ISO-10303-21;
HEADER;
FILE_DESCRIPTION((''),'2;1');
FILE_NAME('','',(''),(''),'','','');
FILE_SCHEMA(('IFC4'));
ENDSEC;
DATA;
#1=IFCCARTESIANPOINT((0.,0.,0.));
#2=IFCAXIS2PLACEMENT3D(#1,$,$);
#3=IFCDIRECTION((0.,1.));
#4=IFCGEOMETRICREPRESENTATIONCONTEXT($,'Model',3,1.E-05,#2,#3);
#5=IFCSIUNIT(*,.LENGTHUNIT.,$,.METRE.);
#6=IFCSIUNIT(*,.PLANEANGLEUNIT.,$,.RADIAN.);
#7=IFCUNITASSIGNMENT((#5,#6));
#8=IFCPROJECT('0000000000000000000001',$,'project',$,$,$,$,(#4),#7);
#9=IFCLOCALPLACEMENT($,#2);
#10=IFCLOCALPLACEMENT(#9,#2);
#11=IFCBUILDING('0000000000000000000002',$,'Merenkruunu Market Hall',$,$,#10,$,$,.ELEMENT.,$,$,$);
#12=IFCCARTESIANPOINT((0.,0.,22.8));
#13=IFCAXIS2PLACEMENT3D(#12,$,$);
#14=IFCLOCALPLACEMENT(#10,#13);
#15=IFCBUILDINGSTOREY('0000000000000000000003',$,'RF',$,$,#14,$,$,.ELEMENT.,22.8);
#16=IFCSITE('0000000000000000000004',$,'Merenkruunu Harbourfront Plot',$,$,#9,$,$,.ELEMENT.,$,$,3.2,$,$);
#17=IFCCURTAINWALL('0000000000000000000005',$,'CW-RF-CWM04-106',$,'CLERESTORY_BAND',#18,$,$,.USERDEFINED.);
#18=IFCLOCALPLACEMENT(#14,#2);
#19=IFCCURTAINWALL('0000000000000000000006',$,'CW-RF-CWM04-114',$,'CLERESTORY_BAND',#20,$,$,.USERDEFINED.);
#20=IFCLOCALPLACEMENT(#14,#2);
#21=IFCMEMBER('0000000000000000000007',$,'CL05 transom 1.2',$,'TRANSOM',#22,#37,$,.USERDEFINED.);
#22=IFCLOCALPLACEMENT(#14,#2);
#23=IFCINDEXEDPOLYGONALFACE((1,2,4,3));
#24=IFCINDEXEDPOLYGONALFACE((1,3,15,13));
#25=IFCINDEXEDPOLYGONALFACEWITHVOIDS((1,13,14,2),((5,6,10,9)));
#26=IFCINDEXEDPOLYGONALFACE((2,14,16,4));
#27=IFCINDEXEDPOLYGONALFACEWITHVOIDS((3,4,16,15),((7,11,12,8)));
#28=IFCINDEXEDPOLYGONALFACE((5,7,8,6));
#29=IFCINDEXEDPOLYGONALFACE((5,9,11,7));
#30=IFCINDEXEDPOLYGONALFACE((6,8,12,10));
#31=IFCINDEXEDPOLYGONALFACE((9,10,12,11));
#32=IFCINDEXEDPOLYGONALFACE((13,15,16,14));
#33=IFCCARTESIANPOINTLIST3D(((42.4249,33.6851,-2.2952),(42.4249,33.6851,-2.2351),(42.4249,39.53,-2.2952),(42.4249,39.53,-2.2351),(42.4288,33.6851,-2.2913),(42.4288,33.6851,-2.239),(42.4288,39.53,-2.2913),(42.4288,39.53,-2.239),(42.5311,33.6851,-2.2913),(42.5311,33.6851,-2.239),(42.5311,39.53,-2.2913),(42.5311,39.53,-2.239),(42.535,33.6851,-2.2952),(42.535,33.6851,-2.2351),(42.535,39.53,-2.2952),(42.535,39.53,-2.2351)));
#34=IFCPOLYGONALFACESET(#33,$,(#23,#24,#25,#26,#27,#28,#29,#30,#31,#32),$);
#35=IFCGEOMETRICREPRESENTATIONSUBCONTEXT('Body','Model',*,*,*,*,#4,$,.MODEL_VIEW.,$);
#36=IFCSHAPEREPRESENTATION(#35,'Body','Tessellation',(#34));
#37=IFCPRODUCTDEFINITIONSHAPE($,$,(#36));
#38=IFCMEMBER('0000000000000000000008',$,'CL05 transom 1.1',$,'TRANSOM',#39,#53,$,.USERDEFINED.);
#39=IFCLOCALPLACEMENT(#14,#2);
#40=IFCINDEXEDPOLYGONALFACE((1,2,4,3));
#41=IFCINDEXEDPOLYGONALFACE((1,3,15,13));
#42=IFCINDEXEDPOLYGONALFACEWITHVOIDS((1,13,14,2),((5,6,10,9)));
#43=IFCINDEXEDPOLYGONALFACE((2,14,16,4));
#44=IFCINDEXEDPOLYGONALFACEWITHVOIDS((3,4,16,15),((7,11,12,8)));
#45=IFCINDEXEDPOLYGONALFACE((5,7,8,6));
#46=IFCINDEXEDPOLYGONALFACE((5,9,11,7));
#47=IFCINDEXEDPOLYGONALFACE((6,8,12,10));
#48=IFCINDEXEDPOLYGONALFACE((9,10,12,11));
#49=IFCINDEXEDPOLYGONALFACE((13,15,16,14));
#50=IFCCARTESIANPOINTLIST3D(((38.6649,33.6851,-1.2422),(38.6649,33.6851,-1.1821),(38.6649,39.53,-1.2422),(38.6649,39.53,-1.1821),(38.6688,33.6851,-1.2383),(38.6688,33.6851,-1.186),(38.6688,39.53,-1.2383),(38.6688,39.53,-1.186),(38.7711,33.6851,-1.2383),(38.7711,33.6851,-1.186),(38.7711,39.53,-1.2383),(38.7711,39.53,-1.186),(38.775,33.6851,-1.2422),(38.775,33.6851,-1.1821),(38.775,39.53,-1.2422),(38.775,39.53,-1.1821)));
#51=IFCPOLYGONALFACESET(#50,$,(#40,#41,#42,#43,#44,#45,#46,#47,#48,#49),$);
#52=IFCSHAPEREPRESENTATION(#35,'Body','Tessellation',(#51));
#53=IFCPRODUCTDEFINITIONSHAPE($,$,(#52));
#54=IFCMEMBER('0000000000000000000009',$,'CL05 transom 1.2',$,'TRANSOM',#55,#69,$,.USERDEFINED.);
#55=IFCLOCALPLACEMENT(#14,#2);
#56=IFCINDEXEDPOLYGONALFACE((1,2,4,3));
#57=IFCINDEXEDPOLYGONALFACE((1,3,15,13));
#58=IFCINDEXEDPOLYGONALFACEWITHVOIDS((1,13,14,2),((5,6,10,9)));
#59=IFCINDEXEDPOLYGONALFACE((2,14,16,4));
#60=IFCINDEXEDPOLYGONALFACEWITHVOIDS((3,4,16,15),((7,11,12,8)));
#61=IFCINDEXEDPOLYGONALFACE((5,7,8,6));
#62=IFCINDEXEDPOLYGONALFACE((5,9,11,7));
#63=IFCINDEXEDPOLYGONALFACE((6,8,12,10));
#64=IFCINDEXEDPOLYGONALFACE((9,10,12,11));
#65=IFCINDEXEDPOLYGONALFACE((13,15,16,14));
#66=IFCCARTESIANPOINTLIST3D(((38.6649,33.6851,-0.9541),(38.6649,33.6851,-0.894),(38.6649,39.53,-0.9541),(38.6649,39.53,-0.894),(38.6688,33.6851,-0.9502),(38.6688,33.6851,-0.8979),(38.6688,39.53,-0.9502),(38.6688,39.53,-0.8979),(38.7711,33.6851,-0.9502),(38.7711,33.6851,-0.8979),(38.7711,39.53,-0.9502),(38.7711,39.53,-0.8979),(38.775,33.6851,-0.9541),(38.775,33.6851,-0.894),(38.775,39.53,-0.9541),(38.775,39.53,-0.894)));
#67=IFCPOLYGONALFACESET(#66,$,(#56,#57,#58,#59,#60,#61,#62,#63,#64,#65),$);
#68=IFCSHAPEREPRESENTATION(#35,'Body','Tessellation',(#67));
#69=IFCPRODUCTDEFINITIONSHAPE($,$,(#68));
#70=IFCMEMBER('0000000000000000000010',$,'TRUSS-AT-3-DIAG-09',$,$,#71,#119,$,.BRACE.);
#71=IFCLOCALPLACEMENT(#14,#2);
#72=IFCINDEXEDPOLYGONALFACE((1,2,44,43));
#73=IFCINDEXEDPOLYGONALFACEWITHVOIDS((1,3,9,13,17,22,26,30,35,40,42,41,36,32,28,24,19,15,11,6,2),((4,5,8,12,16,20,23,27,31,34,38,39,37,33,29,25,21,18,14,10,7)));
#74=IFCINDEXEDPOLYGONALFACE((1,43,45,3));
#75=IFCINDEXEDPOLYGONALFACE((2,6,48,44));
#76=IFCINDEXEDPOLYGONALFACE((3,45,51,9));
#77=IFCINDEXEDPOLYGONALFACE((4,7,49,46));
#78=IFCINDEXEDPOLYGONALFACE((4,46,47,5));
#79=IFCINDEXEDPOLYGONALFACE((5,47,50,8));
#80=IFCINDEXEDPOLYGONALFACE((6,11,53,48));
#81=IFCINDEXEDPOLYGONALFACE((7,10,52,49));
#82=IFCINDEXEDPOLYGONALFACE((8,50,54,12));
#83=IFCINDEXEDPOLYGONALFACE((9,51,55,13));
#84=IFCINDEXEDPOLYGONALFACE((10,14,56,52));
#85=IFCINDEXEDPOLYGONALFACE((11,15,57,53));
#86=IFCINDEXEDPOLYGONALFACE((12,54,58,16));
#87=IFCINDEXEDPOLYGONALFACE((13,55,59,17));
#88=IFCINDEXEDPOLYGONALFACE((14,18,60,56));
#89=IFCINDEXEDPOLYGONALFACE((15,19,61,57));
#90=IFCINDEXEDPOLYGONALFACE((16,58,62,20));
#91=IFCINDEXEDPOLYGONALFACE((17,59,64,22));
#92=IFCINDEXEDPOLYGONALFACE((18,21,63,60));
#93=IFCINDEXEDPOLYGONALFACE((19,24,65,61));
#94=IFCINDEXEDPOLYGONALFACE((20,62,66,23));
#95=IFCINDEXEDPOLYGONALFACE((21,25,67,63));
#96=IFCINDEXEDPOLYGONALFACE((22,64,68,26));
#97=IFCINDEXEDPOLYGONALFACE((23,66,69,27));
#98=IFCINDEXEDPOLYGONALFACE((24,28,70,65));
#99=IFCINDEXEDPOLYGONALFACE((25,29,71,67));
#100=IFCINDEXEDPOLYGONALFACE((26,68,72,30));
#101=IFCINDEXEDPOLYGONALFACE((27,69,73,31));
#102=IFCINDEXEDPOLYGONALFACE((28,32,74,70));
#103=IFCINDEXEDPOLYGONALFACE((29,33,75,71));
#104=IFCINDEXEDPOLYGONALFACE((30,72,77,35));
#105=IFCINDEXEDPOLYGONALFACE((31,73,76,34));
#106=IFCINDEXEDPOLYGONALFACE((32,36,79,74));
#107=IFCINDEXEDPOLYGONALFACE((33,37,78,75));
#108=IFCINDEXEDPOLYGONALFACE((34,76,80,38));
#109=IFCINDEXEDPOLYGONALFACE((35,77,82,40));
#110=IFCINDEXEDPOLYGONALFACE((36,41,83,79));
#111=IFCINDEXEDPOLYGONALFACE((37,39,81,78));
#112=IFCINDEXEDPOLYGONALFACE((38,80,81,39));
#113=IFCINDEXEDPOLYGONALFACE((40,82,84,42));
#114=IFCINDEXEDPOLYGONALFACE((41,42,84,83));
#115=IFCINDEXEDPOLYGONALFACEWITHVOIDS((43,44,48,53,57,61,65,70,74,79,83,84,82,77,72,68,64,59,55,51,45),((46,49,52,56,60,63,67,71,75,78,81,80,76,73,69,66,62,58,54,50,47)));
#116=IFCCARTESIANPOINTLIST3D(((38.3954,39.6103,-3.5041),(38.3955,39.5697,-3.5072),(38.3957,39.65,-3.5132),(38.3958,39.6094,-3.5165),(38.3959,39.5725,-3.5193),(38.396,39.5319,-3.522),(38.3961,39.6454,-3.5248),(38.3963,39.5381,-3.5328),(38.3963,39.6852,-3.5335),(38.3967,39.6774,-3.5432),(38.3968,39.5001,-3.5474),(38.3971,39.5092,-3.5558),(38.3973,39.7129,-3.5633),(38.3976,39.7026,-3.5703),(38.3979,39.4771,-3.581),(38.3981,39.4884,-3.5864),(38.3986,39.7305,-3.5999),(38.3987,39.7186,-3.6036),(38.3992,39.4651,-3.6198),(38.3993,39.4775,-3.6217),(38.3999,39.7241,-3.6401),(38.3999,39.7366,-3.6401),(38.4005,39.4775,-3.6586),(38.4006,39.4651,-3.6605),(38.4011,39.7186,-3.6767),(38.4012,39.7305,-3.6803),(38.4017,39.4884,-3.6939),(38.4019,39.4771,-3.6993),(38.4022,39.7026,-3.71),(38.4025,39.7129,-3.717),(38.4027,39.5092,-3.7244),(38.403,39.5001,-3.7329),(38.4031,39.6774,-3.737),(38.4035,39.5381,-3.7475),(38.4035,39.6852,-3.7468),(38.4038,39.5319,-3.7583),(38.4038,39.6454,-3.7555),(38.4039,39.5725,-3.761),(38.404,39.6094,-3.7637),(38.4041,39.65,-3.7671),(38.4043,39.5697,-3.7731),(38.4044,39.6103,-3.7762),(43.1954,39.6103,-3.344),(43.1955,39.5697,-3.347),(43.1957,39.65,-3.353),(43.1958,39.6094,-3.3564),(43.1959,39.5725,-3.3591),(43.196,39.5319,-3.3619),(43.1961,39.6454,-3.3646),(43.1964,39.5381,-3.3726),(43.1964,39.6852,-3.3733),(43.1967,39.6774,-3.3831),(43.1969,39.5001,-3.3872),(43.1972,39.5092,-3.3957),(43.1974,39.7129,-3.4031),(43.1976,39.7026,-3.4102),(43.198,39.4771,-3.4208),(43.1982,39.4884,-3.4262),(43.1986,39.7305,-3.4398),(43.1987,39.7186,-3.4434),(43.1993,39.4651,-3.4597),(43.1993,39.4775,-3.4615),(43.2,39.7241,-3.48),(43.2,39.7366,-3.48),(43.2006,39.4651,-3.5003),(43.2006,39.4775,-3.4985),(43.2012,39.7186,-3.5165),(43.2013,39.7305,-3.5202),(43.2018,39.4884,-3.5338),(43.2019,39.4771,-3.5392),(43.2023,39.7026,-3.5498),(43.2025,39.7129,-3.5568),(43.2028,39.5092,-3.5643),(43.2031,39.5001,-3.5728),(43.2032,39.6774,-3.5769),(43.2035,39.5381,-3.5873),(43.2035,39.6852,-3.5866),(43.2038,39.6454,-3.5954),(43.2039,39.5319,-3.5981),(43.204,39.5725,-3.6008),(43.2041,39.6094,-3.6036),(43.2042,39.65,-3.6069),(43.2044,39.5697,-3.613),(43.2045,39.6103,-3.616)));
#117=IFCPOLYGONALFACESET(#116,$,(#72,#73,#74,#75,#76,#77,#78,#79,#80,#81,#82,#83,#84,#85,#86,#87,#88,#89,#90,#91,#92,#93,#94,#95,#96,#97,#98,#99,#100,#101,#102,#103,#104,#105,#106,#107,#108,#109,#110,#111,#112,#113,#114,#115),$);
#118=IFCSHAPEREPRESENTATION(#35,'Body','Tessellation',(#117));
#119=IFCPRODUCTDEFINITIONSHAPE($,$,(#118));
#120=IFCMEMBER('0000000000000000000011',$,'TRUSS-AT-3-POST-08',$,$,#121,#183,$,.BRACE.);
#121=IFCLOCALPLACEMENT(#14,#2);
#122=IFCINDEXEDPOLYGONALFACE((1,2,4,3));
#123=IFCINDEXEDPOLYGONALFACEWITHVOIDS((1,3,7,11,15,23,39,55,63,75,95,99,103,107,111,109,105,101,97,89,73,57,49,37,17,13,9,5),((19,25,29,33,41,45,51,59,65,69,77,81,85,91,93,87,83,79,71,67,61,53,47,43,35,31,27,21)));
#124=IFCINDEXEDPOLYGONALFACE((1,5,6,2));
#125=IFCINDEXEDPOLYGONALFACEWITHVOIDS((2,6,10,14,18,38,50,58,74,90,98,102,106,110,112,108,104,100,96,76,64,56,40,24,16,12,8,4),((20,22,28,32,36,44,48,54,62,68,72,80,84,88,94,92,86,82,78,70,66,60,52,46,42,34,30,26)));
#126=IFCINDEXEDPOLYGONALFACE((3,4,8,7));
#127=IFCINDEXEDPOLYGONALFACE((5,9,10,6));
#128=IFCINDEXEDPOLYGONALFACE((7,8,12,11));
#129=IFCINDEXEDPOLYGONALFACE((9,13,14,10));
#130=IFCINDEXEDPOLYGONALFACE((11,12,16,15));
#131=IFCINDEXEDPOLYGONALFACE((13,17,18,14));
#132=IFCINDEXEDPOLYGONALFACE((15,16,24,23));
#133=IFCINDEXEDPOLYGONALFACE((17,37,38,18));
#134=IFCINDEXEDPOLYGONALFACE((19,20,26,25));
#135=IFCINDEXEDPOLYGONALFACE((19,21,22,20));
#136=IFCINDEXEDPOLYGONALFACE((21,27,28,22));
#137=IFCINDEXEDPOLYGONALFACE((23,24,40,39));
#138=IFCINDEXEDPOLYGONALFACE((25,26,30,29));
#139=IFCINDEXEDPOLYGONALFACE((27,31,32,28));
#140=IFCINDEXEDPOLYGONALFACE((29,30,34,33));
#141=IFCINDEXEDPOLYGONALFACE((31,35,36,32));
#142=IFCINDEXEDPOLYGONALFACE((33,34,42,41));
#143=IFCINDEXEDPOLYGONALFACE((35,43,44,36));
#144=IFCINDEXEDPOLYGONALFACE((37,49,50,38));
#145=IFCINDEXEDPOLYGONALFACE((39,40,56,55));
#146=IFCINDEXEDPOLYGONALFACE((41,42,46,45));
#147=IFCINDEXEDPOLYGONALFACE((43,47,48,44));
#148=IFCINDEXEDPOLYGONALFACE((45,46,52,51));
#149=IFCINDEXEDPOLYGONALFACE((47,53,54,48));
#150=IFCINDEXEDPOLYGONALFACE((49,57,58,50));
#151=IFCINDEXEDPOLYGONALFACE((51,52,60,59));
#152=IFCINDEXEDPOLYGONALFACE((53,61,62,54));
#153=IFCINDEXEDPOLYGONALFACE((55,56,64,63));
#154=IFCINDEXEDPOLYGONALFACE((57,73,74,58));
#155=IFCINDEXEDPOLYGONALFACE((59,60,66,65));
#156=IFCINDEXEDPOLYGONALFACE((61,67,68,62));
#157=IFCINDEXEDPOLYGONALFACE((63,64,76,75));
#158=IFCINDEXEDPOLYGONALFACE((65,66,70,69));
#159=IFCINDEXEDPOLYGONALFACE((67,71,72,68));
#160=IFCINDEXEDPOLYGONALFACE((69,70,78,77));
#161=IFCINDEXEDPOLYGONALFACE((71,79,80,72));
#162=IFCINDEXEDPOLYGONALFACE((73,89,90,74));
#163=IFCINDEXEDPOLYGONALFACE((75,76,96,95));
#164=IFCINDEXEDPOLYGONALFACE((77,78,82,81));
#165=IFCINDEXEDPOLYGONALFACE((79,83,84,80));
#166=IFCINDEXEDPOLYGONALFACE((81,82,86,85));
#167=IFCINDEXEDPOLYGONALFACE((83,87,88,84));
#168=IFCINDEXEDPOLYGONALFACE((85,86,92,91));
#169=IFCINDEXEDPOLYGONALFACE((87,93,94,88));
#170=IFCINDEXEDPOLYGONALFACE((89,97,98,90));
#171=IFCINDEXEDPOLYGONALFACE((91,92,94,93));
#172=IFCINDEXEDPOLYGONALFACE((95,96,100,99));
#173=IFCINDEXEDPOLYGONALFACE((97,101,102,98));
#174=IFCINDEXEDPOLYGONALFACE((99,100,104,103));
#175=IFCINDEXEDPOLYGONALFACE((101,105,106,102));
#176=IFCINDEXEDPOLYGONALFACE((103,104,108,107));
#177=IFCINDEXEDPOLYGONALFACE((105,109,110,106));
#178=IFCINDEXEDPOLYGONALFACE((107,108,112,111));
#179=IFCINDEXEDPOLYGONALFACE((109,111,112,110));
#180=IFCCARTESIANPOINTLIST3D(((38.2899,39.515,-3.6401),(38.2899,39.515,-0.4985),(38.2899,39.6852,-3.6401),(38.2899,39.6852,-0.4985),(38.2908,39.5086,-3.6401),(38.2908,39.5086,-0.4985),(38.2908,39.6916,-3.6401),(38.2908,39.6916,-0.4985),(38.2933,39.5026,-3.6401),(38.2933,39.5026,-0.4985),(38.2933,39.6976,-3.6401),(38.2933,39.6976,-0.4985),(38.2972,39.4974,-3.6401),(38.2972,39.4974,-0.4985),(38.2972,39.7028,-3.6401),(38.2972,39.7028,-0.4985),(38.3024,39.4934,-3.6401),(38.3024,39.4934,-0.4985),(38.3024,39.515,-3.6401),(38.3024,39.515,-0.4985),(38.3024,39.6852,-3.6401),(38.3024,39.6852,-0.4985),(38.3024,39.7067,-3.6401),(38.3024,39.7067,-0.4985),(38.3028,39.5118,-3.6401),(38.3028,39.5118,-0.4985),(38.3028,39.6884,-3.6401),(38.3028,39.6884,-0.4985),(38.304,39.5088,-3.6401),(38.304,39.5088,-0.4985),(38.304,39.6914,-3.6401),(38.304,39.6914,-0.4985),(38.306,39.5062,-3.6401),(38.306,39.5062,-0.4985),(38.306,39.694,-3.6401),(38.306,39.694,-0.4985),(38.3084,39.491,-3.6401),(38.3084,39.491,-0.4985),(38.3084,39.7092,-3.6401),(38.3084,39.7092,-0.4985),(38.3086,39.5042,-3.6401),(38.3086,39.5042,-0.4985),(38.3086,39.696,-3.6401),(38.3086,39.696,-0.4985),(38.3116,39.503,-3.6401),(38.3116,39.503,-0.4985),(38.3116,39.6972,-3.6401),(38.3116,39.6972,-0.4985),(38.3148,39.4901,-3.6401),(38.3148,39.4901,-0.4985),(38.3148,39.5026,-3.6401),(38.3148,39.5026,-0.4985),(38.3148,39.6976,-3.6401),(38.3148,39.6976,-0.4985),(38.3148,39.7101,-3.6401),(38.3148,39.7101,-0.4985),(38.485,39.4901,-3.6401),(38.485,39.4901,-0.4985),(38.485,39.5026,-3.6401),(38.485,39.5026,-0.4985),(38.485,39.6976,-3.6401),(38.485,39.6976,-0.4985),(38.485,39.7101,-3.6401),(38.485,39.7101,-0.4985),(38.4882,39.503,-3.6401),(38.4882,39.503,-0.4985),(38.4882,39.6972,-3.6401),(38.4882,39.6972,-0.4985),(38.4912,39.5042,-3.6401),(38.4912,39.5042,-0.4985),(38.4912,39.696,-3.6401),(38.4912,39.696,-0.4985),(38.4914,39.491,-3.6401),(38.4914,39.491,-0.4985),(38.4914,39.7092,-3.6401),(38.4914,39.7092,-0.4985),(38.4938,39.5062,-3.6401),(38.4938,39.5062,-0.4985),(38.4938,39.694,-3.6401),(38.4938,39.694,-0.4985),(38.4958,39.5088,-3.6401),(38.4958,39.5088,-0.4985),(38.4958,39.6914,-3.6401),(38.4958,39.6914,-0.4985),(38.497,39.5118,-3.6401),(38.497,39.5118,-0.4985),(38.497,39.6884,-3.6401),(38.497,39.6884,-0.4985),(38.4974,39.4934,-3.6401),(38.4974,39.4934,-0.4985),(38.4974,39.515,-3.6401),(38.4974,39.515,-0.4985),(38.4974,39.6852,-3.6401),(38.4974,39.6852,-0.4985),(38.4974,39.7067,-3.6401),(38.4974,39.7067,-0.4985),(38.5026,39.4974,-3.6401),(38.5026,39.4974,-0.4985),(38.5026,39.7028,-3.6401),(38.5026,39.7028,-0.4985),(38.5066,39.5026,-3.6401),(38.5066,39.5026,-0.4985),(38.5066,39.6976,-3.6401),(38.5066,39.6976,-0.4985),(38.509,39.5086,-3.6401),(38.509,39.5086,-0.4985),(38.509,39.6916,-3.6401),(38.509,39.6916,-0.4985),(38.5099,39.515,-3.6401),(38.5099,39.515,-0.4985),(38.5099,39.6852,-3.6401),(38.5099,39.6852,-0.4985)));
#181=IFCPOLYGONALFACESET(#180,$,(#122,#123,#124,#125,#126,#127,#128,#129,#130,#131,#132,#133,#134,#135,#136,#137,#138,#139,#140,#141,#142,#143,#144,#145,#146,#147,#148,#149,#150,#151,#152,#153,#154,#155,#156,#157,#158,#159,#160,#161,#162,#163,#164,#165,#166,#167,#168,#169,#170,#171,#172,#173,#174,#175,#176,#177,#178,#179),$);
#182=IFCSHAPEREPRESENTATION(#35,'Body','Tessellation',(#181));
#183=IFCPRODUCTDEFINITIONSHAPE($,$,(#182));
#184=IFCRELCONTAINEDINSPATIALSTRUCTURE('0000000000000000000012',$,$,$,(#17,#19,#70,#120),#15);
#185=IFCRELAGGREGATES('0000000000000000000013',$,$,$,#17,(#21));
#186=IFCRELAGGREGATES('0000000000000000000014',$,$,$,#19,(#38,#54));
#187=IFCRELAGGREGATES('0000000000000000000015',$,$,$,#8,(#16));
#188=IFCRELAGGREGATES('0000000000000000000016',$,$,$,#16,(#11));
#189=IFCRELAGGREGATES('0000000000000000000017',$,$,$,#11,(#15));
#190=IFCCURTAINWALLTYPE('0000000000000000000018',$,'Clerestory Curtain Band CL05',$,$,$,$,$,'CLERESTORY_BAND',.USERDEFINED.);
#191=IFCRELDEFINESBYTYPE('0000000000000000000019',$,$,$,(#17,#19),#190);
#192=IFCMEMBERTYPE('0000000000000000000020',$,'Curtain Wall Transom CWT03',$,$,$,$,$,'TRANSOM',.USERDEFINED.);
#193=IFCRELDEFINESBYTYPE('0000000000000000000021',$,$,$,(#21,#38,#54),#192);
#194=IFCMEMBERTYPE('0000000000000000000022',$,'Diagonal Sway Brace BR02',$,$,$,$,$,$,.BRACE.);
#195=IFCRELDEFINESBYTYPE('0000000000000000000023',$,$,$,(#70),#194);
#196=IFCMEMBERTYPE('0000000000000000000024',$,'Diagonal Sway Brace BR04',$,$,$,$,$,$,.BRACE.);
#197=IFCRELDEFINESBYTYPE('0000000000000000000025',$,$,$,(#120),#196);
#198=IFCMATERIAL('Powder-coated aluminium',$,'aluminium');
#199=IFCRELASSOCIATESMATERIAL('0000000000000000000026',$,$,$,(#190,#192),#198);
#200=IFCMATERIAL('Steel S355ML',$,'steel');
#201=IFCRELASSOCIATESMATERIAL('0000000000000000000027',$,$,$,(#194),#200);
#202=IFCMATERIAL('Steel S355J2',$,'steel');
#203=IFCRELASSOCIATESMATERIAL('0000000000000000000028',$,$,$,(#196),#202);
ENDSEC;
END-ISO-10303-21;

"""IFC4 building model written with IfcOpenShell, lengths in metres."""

from ifc_helpers import new_model, si_unit, direction, frame, origin, origin_2d, place, context, subcontext, project, spatial, hollow_rectangle, hollow_circle, extrude, material, material_profile, profile_set, type_object, element, aggregate, save


model = new_model("IFC4")

# Units and contexts
model_context = context("Model", 3, precision=1e-05, world=origin(), true_north=direction((0.0, 1.0)))
body_context = subcontext(model_context, "Body", "Model", "MODEL_VIEW")
ifc_project = project(units=[si_unit("LENGTHUNIT", "METRE"), si_unit("PLANEANGLEUNIT", "RADIAN")], contexts=[model_context])

# Site, building, storey
site_placement = place(None, origin())
site = spatial("IfcSite", under=ifc_project, at=site_placement, Name="Merenkruunu Harbourfront Plot", CompositionType="ELEMENT", RefElevation=3.2)
building_placement = place(site_placement, origin())
building = spatial("IfcBuilding", under=site, at=building_placement, Name="Merenkruunu Market Hall", CompositionType="ELEMENT")
storey_placement = place(building_placement, frame((0.0, 0.0, 22.8)))
storey = spatial("IfcBuildingStorey", under=building, at=storey_placement, Name="RF", CompositionType="ELEMENT", Elevation=22.8)

# Shared definitions
ifc_material_1 = material(Name="Steel S355ML", Category="steel")

# Curtain wall
ifc_material_2 = material(Name="Powder-coated aluminium", Category="aluminium")
curtain_wall_type = type_object("IfcCurtainWallType", Name="Clerestory Curtain Band CL05", ElementType="CLERESTORY_BAND", PredefinedType="USERDEFINED", material=ifc_material_2)
curtain_wall_1_placement = place(storey_placement, origin())
curtain_wall_1 = element("IfcCurtainWall", 1, at=curtain_wall_1_placement, inside=storey, type_object=curtain_wall_type, Name="CW-RF-CWM04-106", ObjectType="CLERESTORY_BAND", PredefinedType="USERDEFINED")

# Curtain wall
curtain_wall_2_placement = place(storey_placement, origin())
curtain_wall_2 = element("IfcCurtainWall", 2, at=curtain_wall_2_placement, inside=storey, type_object=curtain_wall_type, Name="CW-RF-CWM04-114", ObjectType="CLERESTORY_BAND", PredefinedType="USERDEFINED")

# Members
ifc_material_profile_1 = material_profile(ifc_material_2, hollow_rectangle(XDim=0.0601, YDim=0.1101, WallThickness=0.0039, at=origin_2d()), Name="ALU 60x110x4")
ifc_profile_set_1 = profile_set([ifc_material_profile_1], Name="Powder-coated aluminium")
member_type_1 = type_object("IfcMemberType", Name="Curtain Wall Transom CWT03", ElementType="TRANSOM", PredefinedType="USERDEFINED", material=ifc_profile_set_1)
member_1_placement = place(storey_placement, frame((42.48, 39.53, -2.2651), z_axis=(0.0, -1.0, 0.0), x_axis=(0.0, 0.0, 1.0)))
member_1 = element("IfcMember", 3, at=member_1_placement, type_object=member_type_1, Name="CL05 transom 1.2", ObjectType="TRANSOM", PredefinedType="USERDEFINED", context=body_context, shape_type="SweptSolid", body=[
    extrude(hollow_rectangle(XDim=0.0601, YDim=0.1101, WallThickness=0.0039, at=origin_2d()), origin(), (0.0, 0.0, 1.0), 5.845),
])
member_2_placement = place(storey_placement, frame((38.72, 39.53, -1.2122), z_axis=(0.0, -1.0, 0.0), x_axis=(0.0, 0.0, 1.0)))
member_2 = element("IfcMember", 4, at=member_2_placement, type_object=member_type_1, Name="CL05 transom 1.1", ObjectType="TRANSOM", PredefinedType="USERDEFINED", context=body_context, shape_type="SweptSolid", body=[
    extrude(hollow_rectangle(XDim=0.0601, YDim=0.1101, WallThickness=0.0039, at=origin_2d()), origin(), (0.0, 0.0, 1.0), 5.845),
])
member_3_placement = place(storey_placement, frame((38.72, 39.53, -0.9241), z_axis=(0.0, -1.0, 0.0), x_axis=(0.0, 0.0, 1.0)))
member_3 = element("IfcMember", 5, at=member_3_placement, type_object=member_type_1, Name="CL05 transom 1.2", ObjectType="TRANSOM", PredefinedType="USERDEFINED", context=body_context, shape_type="SweptSolid", body=[
    extrude(hollow_rectangle(XDim=0.0601, YDim=0.1101, WallThickness=0.0039, at=origin_2d()), origin(), (0.0, 0.0, 1.0), 5.845),
])

# Members
ifc_material_profile_2 = material_profile(ifc_material_1, hollow_circle(Radius=0.1365, WallThickness=0.0125, at=origin_2d()), Name="CHS 273x12.5")
ifc_profile_set_2 = profile_set([ifc_material_profile_2], Name="Steel S355ML")
member_type_2 = type_object("IfcMemberType", Name="Diagonal Sway Brace BR02", PredefinedType="BRACE", material=ifc_profile_set_2)
member_4_placement = place(storey_placement, frame((38.3999, 39.6001, -3.6401), z_axis=(0.999444, 0.0, 0.033347), x_axis=(0.0, 1.0, 0.0)))
element("IfcMember", 6, at=member_4_placement, inside=storey, type_object=member_type_2, Name="TRUSS-AT-3-DIAG-09", PredefinedType="BRACE", context=body_context, shape_type="SweptSolid", body=[
    extrude(hollow_circle(Radius=0.1365, WallThickness=0.0125, at=origin_2d()), origin(), (0.0, 0.0, 1.0), 4.8027),
])
ifc_material_3 = material(Name="Steel S355J2", Category="steel")
ifc_material_profile_3 = material_profile(ifc_material_3, hollow_rectangle(XDim=0.22, YDim=0.22, WallThickness=0.0125, InnerFilletRadius=0.0125, OuterFilletRadius=0.0249, at=origin_2d()), Name="SHS 220x220x12.5")
ifc_profile_set_3 = profile_set([ifc_material_profile_3], Name="Steel S355J2")
member_type_3 = type_object("IfcMemberType", Name="Diagonal Sway Brace BR04", PredefinedType="BRACE", material=ifc_profile_set_3)
member_5_placement = place(storey_placement, frame((38.3999, 39.6001, -3.6401), z_axis=(0.0, 0.0, 1.0), x_axis=(1.0, 0.0, 0.0)))
element("IfcMember", 7, at=member_5_placement, inside=storey, type_object=member_type_3, Name="TRUSS-AT-3-POST-08", PredefinedType="BRACE", context=body_context, shape_type="SweptSolid", body=[
    extrude(hollow_rectangle(XDim=0.22, YDim=0.22, WallThickness=0.0125, InnerFilletRadius=0.0125, OuterFilletRadius=0.0249, at=origin_2d()), origin(), (0.0, 0.0, 1.0), 3.1416),
])

aggregate(curtain_wall_1, [member_1])
aggregate(curtain_wall_2, [member_2, member_3])

save(model, "model.ifc")
